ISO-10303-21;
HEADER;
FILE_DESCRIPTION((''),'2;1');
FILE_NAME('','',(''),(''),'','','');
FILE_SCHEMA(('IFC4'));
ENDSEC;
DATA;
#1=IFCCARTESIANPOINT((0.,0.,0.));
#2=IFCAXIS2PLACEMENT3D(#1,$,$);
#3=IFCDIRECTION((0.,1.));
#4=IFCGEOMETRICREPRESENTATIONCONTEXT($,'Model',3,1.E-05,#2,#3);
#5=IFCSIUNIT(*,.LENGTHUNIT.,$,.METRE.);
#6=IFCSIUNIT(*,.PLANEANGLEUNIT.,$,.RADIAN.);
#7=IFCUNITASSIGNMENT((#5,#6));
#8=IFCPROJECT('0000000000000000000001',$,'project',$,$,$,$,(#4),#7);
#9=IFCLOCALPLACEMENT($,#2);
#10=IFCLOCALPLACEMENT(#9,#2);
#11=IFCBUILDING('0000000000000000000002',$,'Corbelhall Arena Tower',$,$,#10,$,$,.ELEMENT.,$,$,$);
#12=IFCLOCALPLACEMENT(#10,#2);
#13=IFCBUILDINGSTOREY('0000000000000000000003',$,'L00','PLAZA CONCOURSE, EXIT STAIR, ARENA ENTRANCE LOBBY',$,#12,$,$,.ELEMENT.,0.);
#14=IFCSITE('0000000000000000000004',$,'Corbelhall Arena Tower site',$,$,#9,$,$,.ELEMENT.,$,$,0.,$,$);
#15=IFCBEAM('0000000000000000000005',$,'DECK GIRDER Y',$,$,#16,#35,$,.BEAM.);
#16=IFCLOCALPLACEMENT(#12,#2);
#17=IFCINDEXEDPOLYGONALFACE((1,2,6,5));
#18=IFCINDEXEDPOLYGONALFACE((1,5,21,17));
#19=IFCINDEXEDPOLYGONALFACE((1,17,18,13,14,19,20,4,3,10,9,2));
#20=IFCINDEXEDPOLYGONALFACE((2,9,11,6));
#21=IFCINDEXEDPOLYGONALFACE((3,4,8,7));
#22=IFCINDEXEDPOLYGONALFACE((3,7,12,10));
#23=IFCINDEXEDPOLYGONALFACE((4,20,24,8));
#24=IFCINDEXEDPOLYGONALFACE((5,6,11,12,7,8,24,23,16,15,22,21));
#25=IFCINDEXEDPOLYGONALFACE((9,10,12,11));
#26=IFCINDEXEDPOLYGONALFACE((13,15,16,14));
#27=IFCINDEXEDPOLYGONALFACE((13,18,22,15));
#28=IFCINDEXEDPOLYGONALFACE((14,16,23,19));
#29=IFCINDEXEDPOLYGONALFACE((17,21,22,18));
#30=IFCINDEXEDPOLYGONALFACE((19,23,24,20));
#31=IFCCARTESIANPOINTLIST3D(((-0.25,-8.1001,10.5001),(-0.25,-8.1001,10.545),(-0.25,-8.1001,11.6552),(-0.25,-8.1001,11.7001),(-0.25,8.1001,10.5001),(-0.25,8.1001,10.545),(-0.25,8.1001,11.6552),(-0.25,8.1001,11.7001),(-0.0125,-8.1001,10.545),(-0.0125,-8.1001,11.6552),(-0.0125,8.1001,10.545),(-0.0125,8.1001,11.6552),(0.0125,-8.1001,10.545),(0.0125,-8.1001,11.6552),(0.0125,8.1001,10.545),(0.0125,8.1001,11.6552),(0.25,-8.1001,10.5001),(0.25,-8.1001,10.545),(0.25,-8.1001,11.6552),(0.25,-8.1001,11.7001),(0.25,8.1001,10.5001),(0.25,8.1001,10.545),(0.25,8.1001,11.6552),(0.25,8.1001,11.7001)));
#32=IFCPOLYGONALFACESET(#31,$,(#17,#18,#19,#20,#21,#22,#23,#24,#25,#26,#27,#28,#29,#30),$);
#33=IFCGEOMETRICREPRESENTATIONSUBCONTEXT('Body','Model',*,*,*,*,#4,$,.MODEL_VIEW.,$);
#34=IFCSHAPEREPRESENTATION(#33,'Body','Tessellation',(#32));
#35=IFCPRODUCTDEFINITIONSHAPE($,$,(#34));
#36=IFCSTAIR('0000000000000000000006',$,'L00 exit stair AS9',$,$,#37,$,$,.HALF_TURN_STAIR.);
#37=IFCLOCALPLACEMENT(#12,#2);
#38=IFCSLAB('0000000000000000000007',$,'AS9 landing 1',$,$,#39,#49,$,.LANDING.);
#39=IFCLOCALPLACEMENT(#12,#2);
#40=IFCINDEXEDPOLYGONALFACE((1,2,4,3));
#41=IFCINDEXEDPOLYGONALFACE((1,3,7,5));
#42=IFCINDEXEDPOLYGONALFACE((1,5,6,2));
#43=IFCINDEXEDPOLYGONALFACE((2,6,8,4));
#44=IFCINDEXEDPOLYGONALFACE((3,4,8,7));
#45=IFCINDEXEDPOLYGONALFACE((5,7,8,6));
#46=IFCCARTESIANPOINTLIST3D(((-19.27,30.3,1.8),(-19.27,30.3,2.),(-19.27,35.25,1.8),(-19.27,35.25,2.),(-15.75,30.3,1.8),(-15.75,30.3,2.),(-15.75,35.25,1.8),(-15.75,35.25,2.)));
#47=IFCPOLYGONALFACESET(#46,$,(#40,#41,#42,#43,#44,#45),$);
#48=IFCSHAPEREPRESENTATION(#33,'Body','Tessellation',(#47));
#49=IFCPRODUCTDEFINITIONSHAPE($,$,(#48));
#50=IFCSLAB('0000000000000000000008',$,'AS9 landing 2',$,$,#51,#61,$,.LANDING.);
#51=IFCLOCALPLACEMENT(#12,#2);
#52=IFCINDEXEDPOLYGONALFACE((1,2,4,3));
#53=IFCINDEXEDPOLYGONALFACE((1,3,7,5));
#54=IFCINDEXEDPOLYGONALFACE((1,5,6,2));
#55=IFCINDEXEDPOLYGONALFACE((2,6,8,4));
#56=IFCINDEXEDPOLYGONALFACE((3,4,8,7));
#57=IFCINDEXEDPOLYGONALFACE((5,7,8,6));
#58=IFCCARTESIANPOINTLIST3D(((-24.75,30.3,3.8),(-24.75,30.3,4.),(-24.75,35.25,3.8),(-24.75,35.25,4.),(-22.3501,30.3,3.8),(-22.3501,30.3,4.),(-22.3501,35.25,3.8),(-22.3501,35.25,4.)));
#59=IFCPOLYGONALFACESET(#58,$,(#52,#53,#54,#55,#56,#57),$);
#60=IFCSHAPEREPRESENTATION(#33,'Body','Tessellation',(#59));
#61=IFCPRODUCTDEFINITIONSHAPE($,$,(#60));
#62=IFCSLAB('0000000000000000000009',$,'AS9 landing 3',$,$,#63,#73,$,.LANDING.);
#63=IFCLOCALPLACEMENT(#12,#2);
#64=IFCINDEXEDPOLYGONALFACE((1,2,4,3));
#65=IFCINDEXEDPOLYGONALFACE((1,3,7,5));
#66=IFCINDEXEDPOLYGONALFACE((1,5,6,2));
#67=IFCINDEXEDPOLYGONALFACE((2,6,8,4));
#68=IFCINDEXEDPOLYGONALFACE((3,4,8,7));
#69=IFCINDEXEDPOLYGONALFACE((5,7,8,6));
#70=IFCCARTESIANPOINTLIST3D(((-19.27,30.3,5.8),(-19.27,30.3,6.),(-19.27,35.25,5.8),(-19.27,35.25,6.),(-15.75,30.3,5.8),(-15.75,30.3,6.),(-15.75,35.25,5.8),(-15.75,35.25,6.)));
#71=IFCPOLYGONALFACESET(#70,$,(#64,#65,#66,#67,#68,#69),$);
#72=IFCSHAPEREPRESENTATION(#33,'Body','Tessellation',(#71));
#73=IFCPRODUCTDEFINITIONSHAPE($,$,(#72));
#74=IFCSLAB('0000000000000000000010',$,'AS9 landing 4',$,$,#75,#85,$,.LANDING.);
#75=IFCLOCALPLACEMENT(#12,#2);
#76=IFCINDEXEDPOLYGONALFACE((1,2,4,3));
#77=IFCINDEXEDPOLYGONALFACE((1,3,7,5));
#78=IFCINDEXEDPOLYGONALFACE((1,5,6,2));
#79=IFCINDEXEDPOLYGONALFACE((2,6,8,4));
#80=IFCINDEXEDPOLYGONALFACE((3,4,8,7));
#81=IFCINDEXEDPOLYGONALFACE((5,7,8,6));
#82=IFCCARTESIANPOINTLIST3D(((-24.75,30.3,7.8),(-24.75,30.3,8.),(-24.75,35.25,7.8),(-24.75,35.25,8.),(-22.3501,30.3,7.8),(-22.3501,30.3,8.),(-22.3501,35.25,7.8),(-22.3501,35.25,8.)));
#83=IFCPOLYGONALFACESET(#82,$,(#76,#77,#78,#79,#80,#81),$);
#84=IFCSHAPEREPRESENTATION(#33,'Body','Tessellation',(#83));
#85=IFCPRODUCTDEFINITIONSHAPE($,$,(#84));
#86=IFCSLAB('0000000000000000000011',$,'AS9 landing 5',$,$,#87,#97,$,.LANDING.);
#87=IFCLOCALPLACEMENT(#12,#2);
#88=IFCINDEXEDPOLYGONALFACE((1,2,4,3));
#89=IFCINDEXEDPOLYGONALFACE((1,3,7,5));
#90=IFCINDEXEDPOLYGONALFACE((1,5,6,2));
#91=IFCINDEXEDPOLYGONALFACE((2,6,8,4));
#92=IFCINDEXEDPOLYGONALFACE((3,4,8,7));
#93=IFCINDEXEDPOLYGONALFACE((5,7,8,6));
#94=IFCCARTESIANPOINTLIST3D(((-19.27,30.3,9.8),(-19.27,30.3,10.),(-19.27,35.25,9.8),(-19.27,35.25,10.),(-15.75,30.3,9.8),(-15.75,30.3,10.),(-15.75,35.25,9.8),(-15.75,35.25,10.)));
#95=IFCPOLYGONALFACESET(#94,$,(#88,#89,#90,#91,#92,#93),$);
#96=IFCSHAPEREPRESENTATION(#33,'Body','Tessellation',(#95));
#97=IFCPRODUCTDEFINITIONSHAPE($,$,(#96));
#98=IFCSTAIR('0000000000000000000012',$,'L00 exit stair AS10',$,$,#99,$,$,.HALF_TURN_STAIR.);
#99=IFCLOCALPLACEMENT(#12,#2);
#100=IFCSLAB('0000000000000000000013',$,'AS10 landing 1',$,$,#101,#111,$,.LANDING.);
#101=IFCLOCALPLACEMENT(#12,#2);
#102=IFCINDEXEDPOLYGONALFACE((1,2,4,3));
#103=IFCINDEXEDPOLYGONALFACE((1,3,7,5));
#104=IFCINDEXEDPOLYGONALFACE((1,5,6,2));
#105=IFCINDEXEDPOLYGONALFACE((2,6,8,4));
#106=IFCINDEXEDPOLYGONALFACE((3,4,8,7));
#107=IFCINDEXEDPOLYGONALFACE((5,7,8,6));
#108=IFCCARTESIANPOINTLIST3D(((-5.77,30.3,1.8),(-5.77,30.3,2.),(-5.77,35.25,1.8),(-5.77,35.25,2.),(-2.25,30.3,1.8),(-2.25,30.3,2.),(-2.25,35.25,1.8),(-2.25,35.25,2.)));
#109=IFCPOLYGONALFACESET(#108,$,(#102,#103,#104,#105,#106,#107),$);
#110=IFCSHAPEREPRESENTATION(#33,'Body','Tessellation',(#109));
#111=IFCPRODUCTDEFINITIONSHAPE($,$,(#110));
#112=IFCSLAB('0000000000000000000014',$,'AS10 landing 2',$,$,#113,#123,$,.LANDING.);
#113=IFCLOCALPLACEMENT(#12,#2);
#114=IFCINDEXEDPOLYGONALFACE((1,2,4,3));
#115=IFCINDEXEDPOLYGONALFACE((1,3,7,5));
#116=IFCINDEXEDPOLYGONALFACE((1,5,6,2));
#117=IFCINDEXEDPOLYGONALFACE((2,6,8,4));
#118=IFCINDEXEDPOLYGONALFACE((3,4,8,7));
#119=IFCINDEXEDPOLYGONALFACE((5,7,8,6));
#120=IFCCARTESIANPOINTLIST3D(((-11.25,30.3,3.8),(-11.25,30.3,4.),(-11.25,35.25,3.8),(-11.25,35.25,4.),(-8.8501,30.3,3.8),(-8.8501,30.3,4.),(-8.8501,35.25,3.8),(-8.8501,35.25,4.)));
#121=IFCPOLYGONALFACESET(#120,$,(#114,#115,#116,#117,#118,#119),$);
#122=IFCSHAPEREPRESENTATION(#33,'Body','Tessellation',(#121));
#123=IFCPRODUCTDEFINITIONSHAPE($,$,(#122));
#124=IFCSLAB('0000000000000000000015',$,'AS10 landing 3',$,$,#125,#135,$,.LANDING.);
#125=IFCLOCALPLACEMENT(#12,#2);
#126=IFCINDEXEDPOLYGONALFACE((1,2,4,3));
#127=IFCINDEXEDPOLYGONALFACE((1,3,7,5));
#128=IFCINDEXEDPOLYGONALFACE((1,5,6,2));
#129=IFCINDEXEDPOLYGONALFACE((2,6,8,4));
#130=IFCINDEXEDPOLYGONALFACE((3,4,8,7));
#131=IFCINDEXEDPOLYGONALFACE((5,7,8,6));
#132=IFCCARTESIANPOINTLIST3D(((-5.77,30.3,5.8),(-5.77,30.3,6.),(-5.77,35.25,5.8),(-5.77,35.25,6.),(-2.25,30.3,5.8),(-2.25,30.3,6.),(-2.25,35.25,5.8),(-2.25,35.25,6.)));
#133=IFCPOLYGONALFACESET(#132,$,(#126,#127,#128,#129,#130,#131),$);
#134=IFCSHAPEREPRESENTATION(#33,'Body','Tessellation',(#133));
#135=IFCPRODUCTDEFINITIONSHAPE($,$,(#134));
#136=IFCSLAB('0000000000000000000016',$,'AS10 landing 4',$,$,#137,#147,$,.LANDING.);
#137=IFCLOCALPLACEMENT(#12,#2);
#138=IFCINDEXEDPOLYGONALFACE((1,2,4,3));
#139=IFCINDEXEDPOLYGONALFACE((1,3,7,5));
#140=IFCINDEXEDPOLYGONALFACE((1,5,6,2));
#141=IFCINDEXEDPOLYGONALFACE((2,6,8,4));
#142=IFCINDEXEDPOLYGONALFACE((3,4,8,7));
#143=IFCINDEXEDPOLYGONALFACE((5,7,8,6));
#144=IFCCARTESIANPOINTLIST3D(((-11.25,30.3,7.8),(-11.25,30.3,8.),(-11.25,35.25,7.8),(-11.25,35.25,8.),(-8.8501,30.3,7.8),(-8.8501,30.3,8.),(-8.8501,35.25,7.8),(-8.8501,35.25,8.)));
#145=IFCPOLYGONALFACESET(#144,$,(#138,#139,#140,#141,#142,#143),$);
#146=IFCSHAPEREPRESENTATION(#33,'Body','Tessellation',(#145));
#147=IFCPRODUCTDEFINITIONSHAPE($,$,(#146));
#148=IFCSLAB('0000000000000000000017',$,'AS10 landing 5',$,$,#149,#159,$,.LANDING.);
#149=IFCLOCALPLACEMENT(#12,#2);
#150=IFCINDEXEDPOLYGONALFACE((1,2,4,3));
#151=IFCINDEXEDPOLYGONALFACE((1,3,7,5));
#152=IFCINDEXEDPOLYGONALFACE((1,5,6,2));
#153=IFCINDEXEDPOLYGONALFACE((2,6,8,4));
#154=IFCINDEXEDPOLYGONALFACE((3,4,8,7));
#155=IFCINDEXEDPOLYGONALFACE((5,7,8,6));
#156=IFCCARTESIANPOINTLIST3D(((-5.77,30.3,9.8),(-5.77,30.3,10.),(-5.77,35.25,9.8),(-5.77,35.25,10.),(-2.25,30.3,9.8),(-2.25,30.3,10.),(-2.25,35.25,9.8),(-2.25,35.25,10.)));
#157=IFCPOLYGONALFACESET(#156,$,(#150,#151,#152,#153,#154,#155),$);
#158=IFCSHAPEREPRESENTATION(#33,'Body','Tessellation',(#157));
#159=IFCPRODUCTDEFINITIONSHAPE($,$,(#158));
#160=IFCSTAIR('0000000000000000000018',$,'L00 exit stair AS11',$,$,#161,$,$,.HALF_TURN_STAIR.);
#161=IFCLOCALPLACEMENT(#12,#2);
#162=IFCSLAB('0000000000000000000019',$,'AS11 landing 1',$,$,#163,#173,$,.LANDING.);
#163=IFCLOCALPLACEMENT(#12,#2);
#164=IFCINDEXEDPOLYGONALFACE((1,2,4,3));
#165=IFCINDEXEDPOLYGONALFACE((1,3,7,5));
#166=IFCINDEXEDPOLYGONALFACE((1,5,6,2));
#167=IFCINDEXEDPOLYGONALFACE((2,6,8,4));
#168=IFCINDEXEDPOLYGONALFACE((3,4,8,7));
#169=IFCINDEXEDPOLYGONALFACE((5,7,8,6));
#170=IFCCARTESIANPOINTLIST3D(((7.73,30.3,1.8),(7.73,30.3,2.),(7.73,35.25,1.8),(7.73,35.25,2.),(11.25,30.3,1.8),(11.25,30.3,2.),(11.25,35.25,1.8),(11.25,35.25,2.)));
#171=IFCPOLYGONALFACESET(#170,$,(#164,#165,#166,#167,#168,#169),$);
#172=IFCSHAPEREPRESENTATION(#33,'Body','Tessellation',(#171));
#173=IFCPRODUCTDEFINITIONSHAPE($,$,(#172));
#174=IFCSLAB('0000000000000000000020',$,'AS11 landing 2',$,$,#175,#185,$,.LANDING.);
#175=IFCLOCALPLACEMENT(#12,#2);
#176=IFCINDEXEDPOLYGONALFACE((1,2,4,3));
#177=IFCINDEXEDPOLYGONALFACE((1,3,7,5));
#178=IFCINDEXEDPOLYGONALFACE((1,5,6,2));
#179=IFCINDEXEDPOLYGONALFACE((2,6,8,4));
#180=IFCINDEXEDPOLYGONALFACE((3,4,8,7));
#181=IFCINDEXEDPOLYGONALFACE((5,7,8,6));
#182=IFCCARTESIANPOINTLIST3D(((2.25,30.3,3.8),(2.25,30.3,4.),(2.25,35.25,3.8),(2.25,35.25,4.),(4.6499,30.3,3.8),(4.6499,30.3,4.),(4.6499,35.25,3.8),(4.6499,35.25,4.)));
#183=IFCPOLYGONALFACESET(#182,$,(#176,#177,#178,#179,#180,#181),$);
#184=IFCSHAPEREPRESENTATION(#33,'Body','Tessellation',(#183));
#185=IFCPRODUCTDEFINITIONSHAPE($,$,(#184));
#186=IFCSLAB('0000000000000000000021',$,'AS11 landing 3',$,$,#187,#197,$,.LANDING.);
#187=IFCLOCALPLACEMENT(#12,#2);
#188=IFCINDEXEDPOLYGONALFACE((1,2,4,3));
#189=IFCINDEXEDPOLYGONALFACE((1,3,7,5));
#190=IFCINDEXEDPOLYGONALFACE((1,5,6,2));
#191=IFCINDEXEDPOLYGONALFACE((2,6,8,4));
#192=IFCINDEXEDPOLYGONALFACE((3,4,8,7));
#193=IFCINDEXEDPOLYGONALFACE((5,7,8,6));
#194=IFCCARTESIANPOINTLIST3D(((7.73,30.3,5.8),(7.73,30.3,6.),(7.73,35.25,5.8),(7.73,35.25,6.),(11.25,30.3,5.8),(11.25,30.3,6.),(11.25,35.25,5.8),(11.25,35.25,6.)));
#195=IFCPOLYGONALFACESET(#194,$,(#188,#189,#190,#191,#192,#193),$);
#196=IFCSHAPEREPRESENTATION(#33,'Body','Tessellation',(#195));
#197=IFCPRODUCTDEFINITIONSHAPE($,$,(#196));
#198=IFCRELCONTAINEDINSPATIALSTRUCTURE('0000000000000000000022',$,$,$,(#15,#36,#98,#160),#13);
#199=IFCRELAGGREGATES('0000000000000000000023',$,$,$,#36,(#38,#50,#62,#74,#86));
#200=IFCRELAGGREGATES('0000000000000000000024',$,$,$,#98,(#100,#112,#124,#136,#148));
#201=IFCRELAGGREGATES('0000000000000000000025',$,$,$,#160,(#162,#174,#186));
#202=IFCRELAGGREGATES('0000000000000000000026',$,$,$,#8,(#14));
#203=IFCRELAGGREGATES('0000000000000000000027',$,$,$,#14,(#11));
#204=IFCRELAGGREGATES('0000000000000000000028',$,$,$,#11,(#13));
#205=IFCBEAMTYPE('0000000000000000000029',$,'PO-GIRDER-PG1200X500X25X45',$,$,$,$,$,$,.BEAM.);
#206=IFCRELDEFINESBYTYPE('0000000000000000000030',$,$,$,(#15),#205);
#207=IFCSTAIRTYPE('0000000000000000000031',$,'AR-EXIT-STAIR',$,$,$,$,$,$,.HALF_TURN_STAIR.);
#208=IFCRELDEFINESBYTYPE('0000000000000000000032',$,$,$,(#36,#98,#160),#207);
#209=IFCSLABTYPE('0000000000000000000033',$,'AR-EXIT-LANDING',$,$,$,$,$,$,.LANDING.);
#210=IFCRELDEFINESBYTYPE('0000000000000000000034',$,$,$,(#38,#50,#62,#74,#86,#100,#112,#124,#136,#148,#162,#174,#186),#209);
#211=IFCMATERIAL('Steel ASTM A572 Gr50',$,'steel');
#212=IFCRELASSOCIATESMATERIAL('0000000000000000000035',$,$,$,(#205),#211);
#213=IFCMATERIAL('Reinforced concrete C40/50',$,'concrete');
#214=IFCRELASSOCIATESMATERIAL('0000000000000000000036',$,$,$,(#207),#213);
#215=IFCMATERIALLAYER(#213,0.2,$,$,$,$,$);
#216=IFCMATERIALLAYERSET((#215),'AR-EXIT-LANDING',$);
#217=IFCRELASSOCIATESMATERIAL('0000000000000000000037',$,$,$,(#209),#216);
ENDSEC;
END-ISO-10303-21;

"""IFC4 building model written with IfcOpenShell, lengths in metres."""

from ifc_helpers import new_model, si_unit, direction, frame, origin, origin_2d, place, context, subcontext, project, spatial, polyline, i_section, outline, extrude, material, layer, layer_set, material_profile, profile_set, type_object, element, aggregate, save


model = new_model("IFC4")

# Units and contexts
model_context = context("Model", 3, precision=1e-05, world=origin(), true_north=direction((0.0, 1.0)))
body_context = subcontext(model_context, "Body", "Model", "MODEL_VIEW")
ifc_project = project(units=[si_unit("LENGTHUNIT", "METRE"), si_unit("PLANEANGLEUNIT", "RADIAN")], contexts=[model_context])

# Site, building, storey
site_placement = place(None, origin())
site = spatial("IfcSite", under=ifc_project, at=site_placement, Name="Corbelhall Arena Tower site", CompositionType="ELEMENT", RefElevation=0.0)
building_placement = place(site_placement, origin())
building = spatial("IfcBuilding", under=site, at=building_placement, Name="Corbelhall Arena Tower", CompositionType="ELEMENT")
storey_placement = place(building_placement, origin())
storey = spatial("IfcBuildingStorey", under=building, at=storey_placement, Name="L00", Description="PLAZA CONCOURSE, EXIT STAIR, ARENA ENTRANCE LOBBY", CompositionType="ELEMENT", Elevation=0.0)

# Beam
ifc_material_1 = material(Name="Steel ASTM A572 Gr50", Category="steel")
ifc_material_profile = material_profile(ifc_material_1, i_section(OverallWidth=0.5, OverallDepth=1.2, WebThickness=0.0249, FlangeThickness=0.0449, at=origin_2d()))
ifc_profile_set = profile_set([ifc_material_profile], Name="Steel ASTM A572 Gr50")
beam_type = type_object("IfcBeamType", Name="PO-GIRDER-PG1200X500X25X45", PredefinedType="BEAM", material=ifc_profile_set)
beam_placement = place(storey_placement, frame((0.0, -8.1001, 11.1001), z_axis=(0.0, 1.0, 0.0), x_axis=(-1.0, 0.0, 0.0)))
element("IfcBeam", 1, at=beam_placement, inside=storey, type_object=beam_type, Name="DECK GIRDER Y", PredefinedType="BEAM", context=body_context, shape_type="SweptSolid", body=[
    extrude(i_section(OverallWidth=0.5, OverallDepth=1.2, WebThickness=0.0249, FlangeThickness=0.0449, at=origin_2d()), origin(), (0.0, 0.0, 1.0), 16.2002),
])

# Stairs, slabs
ifc_material_2 = material(Name="Reinforced concrete C40/50", Category="concrete")
stair_type_1 = type_object("IfcStairType", Name="AR-EXIT-STAIR", PredefinedType="HALF_TURN_STAIR", material=ifc_material_2)
stair_1_placement = place(storey_placement, origin())
stair_1 = element("IfcStair", 2, at=stair_1_placement, inside=storey, type_object=stair_type_1, Name="L00 exit stair AS9", PredefinedType="HALF_TURN_STAIR")
ifc_layer_1 = layer(ifc_material_2, 0.2)
ifc_layer_set_1 = layer_set([ifc_layer_1], Name="AR-EXIT-LANDING")
slab_type_1 = type_object("IfcSlabType", Name="AR-EXIT-LANDING", PredefinedType="LANDING", material=ifc_layer_set_1)
slab_1_placement = place(storey_placement, frame((0.0, 0.0, 1.8)))
slab_1 = element("IfcSlab", 3, at=slab_1_placement, type_object=slab_type_1, Name="AS9 landing 1", PredefinedType="LANDING", context=body_context, shape_type="SweptSolid", body=[
    extrude(outline(polyline([(-19.27, 30.3), (-15.75, 30.3), (-15.75, 35.25), (-19.27, 35.25), (-19.27, 30.3)])), origin(), (0.0, 0.0, 1.0), 0.2),
])
slab_2_placement = place(storey_placement, frame((0.0, 0.0, 3.8)))
slab_2 = element("IfcSlab", 4, at=slab_2_placement, type_object=slab_type_1, Name="AS9 landing 2", PredefinedType="LANDING", context=body_context, shape_type="SweptSolid", body=[
    extrude(outline(polyline([(-24.75, 30.3), (-22.3501, 30.3), (-22.3501, 35.25), (-24.75, 35.25), (-24.75, 30.3)])), origin(), (0.0, 0.0, 1.0), 0.2),
])
slab_3_placement = place(storey_placement, frame((0.0, 0.0, 5.8)))
slab_3 = element("IfcSlab", 5, at=slab_3_placement, type_object=slab_type_1, Name="AS9 landing 3", PredefinedType="LANDING", context=body_context, shape_type="SweptSolid", body=[
    extrude(outline(polyline([(-19.27, 30.3), (-15.75, 30.3), (-15.75, 35.25), (-19.27, 35.25), (-19.27, 30.3)])), origin(), (0.0, 0.0, 1.0), 0.2),
])
slab_4_placement = place(storey_placement, frame((0.0, 0.0, 7.8)))
slab_4 = element("IfcSlab", 6, at=slab_4_placement, type_object=slab_type_1, Name="AS9 landing 4", PredefinedType="LANDING", context=body_context, shape_type="SweptSolid", body=[
    extrude(outline(polyline([(-24.75, 30.3), (-22.3501, 30.3), (-22.3501, 35.25), (-24.75, 35.25), (-24.75, 30.3)])), origin(), (0.0, 0.0, 1.0), 0.2),
])
slab_5_placement = place(storey_placement, frame((0.0, 0.0, 9.8)))
slab_5 = element("IfcSlab", 7, at=slab_5_placement, type_object=slab_type_1, Name="AS9 landing 5", PredefinedType="LANDING", context=body_context, shape_type="SweptSolid", body=[
    extrude(outline(polyline([(-19.27, 30.3), (-15.75, 30.3), (-15.75, 35.25), (-19.27, 35.25), (-19.27, 30.3)])), origin(), (0.0, 0.0, 1.0), 0.2),
])
aggregate(stair_1, [slab_1, slab_2, slab_3, slab_4, slab_5])
stair_2_placement = place(storey_placement, origin())
stair_2 = element("IfcStair", 8, at=stair_2_placement, inside=storey, type_object=stair_type_1, Name="L00 exit stair AS10", PredefinedType="HALF_TURN_STAIR")
slab_6_placement = place(storey_placement, frame((0.0, 0.0, 1.8)))
slab_6 = element("IfcSlab", 9, at=slab_6_placement, type_object=slab_type_1, Name="AS10 landing 1", PredefinedType="LANDING", context=body_context, shape_type="SweptSolid", body=[
    extrude(outline(polyline([(-5.77, 30.3), (-2.25, 30.3), (-2.25, 35.25), (-5.77, 35.25), (-5.77, 30.3)])), origin(), (0.0, 0.0, 1.0), 0.2),
])
slab_7_placement = place(storey_placement, frame((0.0, 0.0, 3.8)))
slab_7 = element("IfcSlab", 10, at=slab_7_placement, type_object=slab_type_1, Name="AS10 landing 2", PredefinedType="LANDING", context=body_context, shape_type="SweptSolid", body=[
    extrude(outline(polyline([(-11.25, 30.3), (-8.8501, 30.3), (-8.8501, 35.25), (-11.25, 35.25), (-11.25, 30.3)])), origin(), (0.0, 0.0, 1.0), 0.2),
])
slab_8_placement = place(storey_placement, frame((0.0, 0.0, 5.8)))
slab_8 = element("IfcSlab", 11, at=slab_8_placement, type_object=slab_type_1, Name="AS10 landing 3", PredefinedType="LANDING", context=body_context, shape_type="SweptSolid", body=[
    extrude(outline(polyline([(-5.77, 30.3), (-2.25, 30.3), (-2.25, 35.25), (-5.77, 35.25), (-5.77, 30.3)])), origin(), (0.0, 0.0, 1.0), 0.2),
])
slab_9_placement = place(storey_placement, frame((0.0, 0.0, 7.8)))
slab_9 = element("IfcSlab", 12, at=slab_9_placement, type_object=slab_type_1, Name="AS10 landing 4", PredefinedType="LANDING", context=body_context, shape_type="SweptSolid", body=[
    extrude(outline(polyline([(-11.25, 30.3), (-8.8501, 30.3), (-8.8501, 35.25), (-11.25, 35.25), (-11.25, 30.3)])), origin(), (0.0, 0.0, 1.0), 0.2),
])
slab_10_placement = place(storey_placement, frame((0.0, 0.0, 9.8)))
slab_10 = element("IfcSlab", 13, at=slab_10_placement, type_object=slab_type_1, Name="AS10 landing 5", PredefinedType="LANDING", context=body_context, shape_type="SweptSolid", body=[
    extrude(outline(polyline([(-5.77, 30.3), (-2.25, 30.3), (-2.25, 35.25), (-5.77, 35.25), (-5.77, 30.3)])), origin(), (0.0, 0.0, 1.0), 0.2),
])
aggregate(stair_2, [slab_6, slab_7, slab_8, slab_9, slab_10])
stair_3_placement = place(storey_placement, origin())
stair_3 = element("IfcStair", 14, at=stair_3_placement, inside=storey, type_object=stair_type_1, Name="L00 exit stair AS11", PredefinedType="HALF_TURN_STAIR")
slab_11_placement = place(storey_placement, frame((0.0, 0.0, 1.8)))
slab_11 = element("IfcSlab", 15, at=slab_11_placement, type_object=slab_type_1, Name="AS11 landing 1", PredefinedType="LANDING", context=body_context, shape_type="SweptSolid", body=[
    extrude(outline(polyline([(7.73, 30.3), (11.25, 30.3), (11.25, 35.25), (7.73, 35.25), (7.73, 30.3)])), origin(), (0.0, 0.0, 1.0), 0.2),
])
slab_12_placement = place(storey_placement, frame((0.0, 0.0, 3.8)))
slab_12 = element("IfcSlab", 16, at=slab_12_placement, type_object=slab_type_1, Name="AS11 landing 2", PredefinedType="LANDING", context=body_context, shape_type="SweptSolid", body=[
    extrude(outline(polyline([(2.25, 30.3), (4.6499, 30.3), (4.6499, 35.25), (2.25, 35.25), (2.25, 30.3)])), origin(), (0.0, 0.0, 1.0), 0.2),
])
slab_13_placement = place(storey_placement, frame((0.0, 0.0, 5.8)))
slab_13 = element("IfcSlab", 17, at=slab_13_placement, type_object=slab_type_1, Name="AS11 landing 3", PredefinedType="LANDING", context=body_context, shape_type="SweptSolid", body=[
    extrude(outline(polyline([(7.73, 30.3), (11.25, 30.3), (11.25, 35.25), (7.73, 35.25), (7.73, 30.3)])), origin(), (0.0, 0.0, 1.0), 0.2),
])
aggregate(stair_3, [slab_11, slab_12, slab_13])

save(model, "model.ifc")
